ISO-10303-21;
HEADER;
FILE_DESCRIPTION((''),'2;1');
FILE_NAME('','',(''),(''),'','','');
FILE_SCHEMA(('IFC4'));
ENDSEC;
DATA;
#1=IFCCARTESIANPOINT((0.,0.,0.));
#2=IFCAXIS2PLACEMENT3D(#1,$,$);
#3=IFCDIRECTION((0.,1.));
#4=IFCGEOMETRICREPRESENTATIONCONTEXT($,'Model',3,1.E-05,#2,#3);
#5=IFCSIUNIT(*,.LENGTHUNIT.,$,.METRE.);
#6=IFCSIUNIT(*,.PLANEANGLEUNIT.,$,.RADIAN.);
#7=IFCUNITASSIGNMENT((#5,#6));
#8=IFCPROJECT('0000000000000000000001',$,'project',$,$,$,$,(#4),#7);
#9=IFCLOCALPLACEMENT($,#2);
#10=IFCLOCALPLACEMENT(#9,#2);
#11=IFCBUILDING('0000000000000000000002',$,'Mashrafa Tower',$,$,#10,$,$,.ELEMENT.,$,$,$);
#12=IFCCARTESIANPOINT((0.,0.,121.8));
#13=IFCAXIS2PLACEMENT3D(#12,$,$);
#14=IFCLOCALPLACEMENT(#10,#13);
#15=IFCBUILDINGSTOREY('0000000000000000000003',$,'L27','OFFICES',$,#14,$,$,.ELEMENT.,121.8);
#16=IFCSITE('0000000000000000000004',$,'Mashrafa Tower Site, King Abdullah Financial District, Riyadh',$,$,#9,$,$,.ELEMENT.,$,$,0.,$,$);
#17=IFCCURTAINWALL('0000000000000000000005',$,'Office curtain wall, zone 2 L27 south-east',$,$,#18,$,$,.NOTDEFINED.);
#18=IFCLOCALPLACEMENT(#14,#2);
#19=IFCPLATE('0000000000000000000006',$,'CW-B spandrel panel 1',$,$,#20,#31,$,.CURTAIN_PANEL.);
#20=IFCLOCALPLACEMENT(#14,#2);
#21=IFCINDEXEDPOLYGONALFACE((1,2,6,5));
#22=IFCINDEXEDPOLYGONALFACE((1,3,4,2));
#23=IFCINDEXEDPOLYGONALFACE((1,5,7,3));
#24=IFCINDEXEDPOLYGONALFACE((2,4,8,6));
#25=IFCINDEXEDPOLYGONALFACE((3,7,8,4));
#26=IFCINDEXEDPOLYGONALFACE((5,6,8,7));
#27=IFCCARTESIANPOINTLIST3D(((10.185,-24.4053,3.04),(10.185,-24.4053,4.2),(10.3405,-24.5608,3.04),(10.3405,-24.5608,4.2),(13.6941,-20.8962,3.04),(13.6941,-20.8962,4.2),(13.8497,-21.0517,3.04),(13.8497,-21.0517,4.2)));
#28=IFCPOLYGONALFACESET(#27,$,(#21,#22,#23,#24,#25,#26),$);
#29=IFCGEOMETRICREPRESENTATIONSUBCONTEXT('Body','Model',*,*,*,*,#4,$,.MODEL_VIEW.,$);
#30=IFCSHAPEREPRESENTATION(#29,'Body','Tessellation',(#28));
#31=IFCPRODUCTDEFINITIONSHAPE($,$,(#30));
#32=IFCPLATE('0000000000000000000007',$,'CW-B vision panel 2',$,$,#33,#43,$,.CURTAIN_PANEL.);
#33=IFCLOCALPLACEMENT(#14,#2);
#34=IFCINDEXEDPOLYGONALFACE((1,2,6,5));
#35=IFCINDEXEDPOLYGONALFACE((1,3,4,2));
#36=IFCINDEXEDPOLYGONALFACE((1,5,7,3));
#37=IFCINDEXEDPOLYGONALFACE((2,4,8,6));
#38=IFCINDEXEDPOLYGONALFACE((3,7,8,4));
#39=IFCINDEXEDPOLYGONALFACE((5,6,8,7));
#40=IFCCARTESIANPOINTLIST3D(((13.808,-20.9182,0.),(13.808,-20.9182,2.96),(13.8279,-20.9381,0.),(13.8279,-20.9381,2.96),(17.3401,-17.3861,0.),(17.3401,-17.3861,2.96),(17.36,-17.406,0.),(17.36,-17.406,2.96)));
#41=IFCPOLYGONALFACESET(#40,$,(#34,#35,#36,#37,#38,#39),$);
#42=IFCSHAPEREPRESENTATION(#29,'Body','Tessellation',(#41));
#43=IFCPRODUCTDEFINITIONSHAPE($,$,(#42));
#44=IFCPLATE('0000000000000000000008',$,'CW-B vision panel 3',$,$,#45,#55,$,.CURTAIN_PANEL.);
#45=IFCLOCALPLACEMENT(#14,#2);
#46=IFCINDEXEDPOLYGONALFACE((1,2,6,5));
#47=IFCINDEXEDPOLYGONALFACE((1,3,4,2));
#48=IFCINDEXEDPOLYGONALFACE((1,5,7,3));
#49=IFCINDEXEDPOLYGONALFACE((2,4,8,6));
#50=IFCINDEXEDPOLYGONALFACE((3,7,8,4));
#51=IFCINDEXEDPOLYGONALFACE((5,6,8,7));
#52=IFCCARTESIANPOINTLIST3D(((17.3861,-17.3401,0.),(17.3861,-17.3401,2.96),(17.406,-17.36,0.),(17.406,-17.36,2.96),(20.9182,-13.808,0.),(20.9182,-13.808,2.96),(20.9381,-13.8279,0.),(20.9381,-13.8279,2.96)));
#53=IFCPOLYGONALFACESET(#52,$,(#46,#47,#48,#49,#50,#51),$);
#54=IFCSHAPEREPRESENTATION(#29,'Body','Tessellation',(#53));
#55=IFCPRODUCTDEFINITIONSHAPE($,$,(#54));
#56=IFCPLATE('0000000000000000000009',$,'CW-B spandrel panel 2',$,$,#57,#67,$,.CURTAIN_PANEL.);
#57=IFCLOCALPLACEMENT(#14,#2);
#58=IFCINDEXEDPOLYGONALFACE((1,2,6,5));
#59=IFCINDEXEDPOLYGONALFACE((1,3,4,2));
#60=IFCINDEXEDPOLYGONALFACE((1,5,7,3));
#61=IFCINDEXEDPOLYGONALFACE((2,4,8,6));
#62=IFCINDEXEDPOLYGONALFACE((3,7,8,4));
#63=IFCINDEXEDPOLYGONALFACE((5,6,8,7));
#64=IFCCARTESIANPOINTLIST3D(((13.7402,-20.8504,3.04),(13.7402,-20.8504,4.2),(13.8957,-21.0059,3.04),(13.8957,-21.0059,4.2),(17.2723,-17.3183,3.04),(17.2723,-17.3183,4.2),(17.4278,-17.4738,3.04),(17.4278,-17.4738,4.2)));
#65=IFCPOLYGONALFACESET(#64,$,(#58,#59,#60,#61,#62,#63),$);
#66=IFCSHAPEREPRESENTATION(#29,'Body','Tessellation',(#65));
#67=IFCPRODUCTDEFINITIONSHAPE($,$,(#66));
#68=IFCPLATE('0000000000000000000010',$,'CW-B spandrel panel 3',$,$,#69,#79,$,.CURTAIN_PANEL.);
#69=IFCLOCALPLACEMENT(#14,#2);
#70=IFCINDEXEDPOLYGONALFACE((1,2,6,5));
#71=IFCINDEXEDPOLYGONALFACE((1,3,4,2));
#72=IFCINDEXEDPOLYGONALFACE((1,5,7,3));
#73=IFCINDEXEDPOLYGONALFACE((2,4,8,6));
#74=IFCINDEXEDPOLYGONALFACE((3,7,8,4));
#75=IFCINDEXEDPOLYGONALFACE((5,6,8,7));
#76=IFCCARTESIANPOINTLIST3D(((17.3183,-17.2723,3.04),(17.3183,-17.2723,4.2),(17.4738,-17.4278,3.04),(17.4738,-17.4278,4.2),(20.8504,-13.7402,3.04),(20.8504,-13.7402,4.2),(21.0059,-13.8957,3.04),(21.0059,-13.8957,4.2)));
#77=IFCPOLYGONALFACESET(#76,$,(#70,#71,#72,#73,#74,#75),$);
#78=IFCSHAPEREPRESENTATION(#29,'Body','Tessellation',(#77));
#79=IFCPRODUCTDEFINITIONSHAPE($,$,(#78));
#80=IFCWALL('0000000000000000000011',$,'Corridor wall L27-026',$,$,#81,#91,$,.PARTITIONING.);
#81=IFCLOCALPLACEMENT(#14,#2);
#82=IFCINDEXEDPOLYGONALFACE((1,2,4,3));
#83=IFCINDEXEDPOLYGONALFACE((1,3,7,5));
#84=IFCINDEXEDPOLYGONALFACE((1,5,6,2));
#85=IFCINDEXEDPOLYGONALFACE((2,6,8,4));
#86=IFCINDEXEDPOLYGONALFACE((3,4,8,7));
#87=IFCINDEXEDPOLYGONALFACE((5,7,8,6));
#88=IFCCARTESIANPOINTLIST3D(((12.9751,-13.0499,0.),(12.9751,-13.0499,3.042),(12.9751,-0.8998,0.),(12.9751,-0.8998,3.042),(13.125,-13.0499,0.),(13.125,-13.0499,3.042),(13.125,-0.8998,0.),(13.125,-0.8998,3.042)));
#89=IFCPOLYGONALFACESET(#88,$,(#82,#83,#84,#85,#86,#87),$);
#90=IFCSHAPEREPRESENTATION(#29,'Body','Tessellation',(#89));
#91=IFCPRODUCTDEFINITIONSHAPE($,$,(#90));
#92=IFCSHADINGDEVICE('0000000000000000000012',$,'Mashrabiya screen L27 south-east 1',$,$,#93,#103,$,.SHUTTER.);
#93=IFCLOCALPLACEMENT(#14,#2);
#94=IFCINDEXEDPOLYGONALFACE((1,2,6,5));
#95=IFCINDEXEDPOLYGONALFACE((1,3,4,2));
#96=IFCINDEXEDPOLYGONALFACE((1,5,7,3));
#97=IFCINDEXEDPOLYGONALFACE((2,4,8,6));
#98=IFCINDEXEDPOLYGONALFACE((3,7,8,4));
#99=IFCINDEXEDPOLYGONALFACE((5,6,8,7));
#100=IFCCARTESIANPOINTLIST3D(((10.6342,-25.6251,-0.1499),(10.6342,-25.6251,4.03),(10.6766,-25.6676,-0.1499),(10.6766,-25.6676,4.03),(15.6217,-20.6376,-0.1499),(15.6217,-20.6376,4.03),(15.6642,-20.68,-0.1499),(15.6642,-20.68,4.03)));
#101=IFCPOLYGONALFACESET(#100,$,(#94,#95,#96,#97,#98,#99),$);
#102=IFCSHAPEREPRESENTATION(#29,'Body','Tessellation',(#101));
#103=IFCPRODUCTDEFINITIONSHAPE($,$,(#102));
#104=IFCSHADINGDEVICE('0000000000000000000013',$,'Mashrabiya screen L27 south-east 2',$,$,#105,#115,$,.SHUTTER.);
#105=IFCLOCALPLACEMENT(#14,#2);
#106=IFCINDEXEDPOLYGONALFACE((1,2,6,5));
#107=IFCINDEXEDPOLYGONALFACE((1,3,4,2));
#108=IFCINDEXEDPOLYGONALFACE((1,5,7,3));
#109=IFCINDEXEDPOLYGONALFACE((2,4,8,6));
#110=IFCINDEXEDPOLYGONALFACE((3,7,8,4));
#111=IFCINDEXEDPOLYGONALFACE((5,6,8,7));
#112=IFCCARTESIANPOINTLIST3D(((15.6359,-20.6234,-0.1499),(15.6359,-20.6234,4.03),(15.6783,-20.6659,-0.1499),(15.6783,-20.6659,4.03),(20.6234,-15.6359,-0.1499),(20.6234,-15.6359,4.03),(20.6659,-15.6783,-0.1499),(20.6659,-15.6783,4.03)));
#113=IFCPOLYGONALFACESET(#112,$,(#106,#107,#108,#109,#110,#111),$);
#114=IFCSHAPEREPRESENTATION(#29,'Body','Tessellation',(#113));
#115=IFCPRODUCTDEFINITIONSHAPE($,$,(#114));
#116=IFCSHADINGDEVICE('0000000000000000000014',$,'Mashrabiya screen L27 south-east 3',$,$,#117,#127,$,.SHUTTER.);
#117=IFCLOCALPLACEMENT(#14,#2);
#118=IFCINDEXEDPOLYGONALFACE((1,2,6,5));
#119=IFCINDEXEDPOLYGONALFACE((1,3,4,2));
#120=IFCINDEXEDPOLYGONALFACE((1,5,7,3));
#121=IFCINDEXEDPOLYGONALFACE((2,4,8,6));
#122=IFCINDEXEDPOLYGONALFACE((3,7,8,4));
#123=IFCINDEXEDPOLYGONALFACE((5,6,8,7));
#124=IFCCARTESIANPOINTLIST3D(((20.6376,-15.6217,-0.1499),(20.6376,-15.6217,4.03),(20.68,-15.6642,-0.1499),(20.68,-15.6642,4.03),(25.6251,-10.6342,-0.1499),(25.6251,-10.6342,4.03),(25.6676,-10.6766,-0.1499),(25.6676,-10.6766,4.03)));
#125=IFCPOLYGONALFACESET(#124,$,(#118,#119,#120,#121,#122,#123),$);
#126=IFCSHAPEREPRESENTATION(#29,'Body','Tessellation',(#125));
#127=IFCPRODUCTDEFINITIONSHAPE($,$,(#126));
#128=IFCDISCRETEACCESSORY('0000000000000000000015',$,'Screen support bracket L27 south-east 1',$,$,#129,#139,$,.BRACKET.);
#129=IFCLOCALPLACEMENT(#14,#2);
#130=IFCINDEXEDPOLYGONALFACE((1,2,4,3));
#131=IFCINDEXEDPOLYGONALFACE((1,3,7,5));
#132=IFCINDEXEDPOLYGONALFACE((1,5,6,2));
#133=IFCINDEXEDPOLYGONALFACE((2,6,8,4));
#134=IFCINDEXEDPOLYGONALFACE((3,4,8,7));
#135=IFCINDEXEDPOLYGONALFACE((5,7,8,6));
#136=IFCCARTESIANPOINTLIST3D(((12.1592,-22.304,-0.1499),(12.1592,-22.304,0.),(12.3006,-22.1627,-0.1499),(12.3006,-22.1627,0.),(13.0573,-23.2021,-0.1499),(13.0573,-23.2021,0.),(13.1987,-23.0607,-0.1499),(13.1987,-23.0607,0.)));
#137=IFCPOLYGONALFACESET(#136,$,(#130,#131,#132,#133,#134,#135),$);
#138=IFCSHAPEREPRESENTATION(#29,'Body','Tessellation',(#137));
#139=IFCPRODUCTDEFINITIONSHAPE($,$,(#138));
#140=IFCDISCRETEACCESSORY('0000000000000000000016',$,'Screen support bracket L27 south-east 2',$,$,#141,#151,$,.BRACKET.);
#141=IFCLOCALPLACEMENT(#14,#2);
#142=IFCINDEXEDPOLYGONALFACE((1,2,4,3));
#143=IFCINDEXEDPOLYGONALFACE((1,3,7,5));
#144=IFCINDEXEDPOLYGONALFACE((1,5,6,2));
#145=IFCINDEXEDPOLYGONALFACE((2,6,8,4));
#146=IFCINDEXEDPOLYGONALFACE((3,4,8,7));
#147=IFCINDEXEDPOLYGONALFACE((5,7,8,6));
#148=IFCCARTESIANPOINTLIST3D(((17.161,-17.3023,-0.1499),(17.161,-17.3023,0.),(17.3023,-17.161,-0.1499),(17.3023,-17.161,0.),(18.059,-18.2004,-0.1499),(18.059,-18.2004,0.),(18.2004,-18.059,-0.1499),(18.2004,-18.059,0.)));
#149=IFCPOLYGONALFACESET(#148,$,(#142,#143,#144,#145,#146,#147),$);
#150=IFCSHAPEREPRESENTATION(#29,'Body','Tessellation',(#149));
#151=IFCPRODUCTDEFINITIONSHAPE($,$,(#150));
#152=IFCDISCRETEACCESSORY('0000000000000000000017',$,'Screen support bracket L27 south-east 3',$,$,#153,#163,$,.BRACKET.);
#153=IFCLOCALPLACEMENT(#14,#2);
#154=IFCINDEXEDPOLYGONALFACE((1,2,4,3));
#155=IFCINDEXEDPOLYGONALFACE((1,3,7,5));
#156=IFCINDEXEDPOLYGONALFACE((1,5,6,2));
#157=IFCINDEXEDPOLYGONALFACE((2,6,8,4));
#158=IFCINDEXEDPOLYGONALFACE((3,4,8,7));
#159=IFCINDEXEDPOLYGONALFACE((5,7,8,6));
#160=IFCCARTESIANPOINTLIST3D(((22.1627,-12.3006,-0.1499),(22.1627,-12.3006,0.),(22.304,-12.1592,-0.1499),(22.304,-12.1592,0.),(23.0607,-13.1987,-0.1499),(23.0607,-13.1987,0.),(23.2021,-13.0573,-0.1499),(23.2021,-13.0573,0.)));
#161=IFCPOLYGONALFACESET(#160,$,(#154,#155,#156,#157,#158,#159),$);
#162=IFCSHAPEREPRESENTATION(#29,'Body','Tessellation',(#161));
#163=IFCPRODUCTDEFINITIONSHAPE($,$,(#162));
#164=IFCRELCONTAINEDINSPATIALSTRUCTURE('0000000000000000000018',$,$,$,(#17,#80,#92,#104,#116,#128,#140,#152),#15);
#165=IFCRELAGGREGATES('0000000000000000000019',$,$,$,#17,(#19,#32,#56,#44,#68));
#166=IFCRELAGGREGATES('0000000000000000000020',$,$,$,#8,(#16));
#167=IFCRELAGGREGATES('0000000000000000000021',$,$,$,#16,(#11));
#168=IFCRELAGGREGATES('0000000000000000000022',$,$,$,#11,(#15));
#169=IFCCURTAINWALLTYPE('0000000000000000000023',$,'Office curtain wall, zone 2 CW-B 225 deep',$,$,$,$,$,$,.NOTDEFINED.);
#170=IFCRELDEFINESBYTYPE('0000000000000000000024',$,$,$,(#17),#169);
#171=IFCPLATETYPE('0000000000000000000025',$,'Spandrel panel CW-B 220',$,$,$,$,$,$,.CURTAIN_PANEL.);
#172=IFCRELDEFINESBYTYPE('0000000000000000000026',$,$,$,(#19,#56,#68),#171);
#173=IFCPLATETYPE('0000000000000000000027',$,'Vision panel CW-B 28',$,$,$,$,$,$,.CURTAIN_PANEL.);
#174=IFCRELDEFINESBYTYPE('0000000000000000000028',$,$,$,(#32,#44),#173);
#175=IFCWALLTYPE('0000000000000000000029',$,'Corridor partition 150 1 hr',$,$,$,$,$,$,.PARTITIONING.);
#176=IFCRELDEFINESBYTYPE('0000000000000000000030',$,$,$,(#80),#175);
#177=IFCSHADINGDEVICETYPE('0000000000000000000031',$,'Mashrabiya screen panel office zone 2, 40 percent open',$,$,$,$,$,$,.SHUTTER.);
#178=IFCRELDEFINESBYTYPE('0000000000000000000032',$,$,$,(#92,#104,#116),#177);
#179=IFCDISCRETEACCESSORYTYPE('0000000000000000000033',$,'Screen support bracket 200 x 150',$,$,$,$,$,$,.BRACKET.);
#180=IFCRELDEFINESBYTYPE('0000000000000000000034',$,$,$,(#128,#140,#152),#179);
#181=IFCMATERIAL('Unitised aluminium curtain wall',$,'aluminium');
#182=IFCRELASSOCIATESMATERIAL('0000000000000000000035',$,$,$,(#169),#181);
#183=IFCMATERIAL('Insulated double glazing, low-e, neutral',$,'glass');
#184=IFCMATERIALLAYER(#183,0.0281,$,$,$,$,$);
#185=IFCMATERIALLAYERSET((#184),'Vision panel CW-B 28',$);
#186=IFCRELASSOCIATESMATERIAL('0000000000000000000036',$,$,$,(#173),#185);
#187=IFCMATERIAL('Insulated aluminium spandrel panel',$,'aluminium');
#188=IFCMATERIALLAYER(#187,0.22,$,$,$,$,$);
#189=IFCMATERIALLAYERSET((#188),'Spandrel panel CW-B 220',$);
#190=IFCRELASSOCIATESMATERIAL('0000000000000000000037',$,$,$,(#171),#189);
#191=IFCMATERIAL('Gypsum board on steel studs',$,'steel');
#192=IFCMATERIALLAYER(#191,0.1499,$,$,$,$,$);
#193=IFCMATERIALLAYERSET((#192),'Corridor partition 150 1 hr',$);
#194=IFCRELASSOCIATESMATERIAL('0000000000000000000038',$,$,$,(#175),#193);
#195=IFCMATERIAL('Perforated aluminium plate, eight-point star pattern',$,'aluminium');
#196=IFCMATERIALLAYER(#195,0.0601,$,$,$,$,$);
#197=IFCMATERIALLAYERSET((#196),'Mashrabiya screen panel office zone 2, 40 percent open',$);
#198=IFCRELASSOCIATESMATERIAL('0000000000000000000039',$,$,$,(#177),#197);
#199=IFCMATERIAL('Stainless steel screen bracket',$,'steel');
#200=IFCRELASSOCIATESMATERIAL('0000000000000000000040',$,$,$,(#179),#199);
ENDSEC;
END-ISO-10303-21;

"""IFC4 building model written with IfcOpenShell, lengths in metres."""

from ifc_helpers import new_model, si_unit, direction, frame, frame_2d, origin, origin_2d, place, context, subcontext, project, spatial, rectangle, extrude, source, transform, mapped, material, layer, layer_set, type_object, type_shapes, element, aggregate, save


model = new_model("IFC4")

# Units and contexts
model_context = context("Model", 3, precision=1e-05, world=origin(), true_north=direction((0.0, 1.0)))
body_context = subcontext(model_context, "Body", "Model", "MODEL_VIEW")
ifc_project = project(units=[si_unit("LENGTHUNIT", "METRE"), si_unit("PLANEANGLEUNIT", "RADIAN")], contexts=[model_context])

# Site, building, storey
site_placement = place(None, origin())
site = spatial("IfcSite", under=ifc_project, at=site_placement, Name="Mashrafa Tower Site, King Abdullah Financial District, Riyadh", CompositionType="ELEMENT", RefElevation=0.0)
building_placement = place(site_placement, origin())
building = spatial("IfcBuilding", under=site, at=building_placement, Name="Mashrafa Tower", CompositionType="ELEMENT")
storey_placement = place(building_placement, frame((0.0, 0.0, 121.8)))
storey = spatial("IfcBuildingStorey", under=building, at=storey_placement, Name="L27", Description="OFFICES", CompositionType="ELEMENT", Elevation=121.8)

# Shared definitions
ifc_material_1 = material(Name="Unitised aluminium curtain wall", Category="aluminium")
curtain_wall_type = type_object("IfcCurtainWallType", Name="Office curtain wall, zone 2 CW-B 225 deep", PredefinedType="NOTDEFINED", material=ifc_material_1)

# Curtain wall, plates
curtain_wall_1_placement = place(storey_placement, origin())
curtain_wall_1 = element("IfcCurtainWall", 1, at=curtain_wall_1_placement, inside=storey, type_object=curtain_wall_type, Name="Office curtain wall, zone 2 L27 south-east", PredefinedType="NOTDEFINED")
ifc_material_2 = material(Name="Insulated double glazing, low-e, neutral", Category="glass")
ifc_layer_1 = layer(ifc_material_2, 0.0281)
ifc_layer_set_1 = layer_set([ifc_layer_1], Name="Vision panel CW-B 28")
plate_type_1 = type_object("IfcPlateType", Name="Vision panel CW-B 28", PredefinedType="CURTAIN_PANEL", material=ifc_layer_set_1)
ifc_material_3 = material(Name="Insulated aluminium spandrel panel", Category="aluminium")
ifc_layer_2 = layer(ifc_material_3, 0.22)
ifc_layer_set_2 = layer_set([ifc_layer_2], Name="Spandrel panel CW-B 220")
plate_type_2 = type_object("IfcPlateType", Name="Spandrel panel CW-B 220", PredefinedType="CURTAIN_PANEL", material=ifc_layer_set_2)
shared_shape_1 = source(origin(), body_context, "Body", "SweptSolid", [
    extrude(rectangle(XDim=4.9626, YDim=0.22, at=origin_2d()), origin(), (0.0, 0.0, 1.0), 1.1599),
])
plate_1_placement = place(storey_placement, frame((12.0173, -22.7285, 3.04), z_axis=(0.0, 0.0, 1.0), x_axis=(0.707107, 0.707107, 0.0)))
plate_1 = element("IfcPlate", 2, at=plate_1_placement, type_object=plate_type_2, Name="CW-B spandrel panel 1", PredefinedType="CURTAIN_PANEL", context=body_context, shape_type="MappedRepresentation", body=[
    mapped(shared_shape_1, transform((0.0, 0.0, 0.0))),
])
shared_shape_2 = source(origin(), body_context, "Body", "SweptSolid", [
    extrude(rectangle(XDim=4.9951, YDim=0.0281, at=origin_2d()), origin(), (0.0, 0.0, 1.0), 2.96),
])
plate_2_placement = place(storey_placement, frame((15.584, -19.1621, 0.0), z_axis=(0.0, 0.0, 1.0), x_axis=(0.707107, 0.707107, 0.0)))
plate_2 = element("IfcPlate", 3, at=plate_2_placement, type_object=plate_type_1, Name="CW-B vision panel 2", PredefinedType="CURTAIN_PANEL", context=body_context, shape_type="MappedRepresentation", body=[
    mapped(shared_shape_2, transform((0.0, 0.0, 0.0))),
])
plate_3_placement = place(storey_placement, frame((19.1621, -15.584, 0.0), z_axis=(0.0, 0.0, 1.0), x_axis=(0.707107, 0.707107, 0.0)))
plate_3 = element("IfcPlate", 4, at=plate_3_placement, type_object=plate_type_1, Name="CW-B vision panel 3", PredefinedType="CURTAIN_PANEL", context=body_context, shape_type="MappedRepresentation", body=[
    mapped(shared_shape_2, transform((0.0, 0.0, 0.0))),
])
shared_shape_3 = source(origin(), body_context, "Body", "SweptSolid", [
    extrude(rectangle(XDim=4.9951, YDim=0.22, at=origin_2d()), origin(), (0.0, 0.0, 1.0), 1.1599),
])
type_shapes(plate_type_2, [shared_shape_1, shared_shape_3])
plate_4_placement = place(storey_placement, frame((15.584, -19.1621, 3.04), z_axis=(0.0, 0.0, 1.0), x_axis=(0.707107, 0.707107, 0.0)))
plate_4 = element("IfcPlate", 5, at=plate_4_placement, type_object=plate_type_2, Name="CW-B spandrel panel 2", PredefinedType="CURTAIN_PANEL", context=body_context, shape_type="MappedRepresentation", body=[
    mapped(shared_shape_3, transform((0.0, 0.0, 0.0))),
])
plate_5_placement = place(storey_placement, frame((19.1621, -15.584, 3.04), z_axis=(0.0, 0.0, 1.0), x_axis=(0.707107, 0.707107, 0.0)))
plate_5 = element("IfcPlate", 6, at=plate_5_placement, type_object=plate_type_2, Name="CW-B spandrel panel 3", PredefinedType="CURTAIN_PANEL", context=body_context, shape_type="MappedRepresentation", body=[
    mapped(shared_shape_3, transform((0.0, 0.0, 0.0))),
])
aggregate(curtain_wall_1, [plate_1, plate_2, plate_4, plate_3, plate_5])

# Wall
ifc_material_4 = material(Name="Gypsum board on steel studs", Category="steel")
ifc_layer_3 = layer(ifc_material_4, 0.1499)
ifc_layer_set_3 = layer_set([ifc_layer_3], Name="Corridor partition 150 1 hr")
wall_type = type_object("IfcWallType", Name="Corridor partition 150 1 hr", PredefinedType="PARTITIONING", material=ifc_layer_set_3)
wall_placement = place(storey_placement, frame((13.05, -13.05, 0.0), z_axis=(0.0, 0.0, 1.0), x_axis=(0.0, 1.0, 0.0)))
element("IfcWall", 7, at=wall_placement, inside=storey, type_object=wall_type, Name="Corridor wall L27-026", PredefinedType="PARTITIONING", context=body_context, shape_type="SweptSolid", body=[
    extrude(rectangle(XDim=12.1501, YDim=0.1499, at=frame_2d((6.0752, 0.0))), origin(), (0.0, 0.0, 1.0), 3.042),
])

# Shading devices
ifc_material_5 = material(Name="Perforated aluminium plate, eight-point star pattern", Category="aluminium")
ifc_layer_4 = layer(ifc_material_5, 0.0601)
ifc_layer_set_4 = layer_set([ifc_layer_4], Name="Mashrabiya screen panel office zone 2, 40 percent open")
shading_device_type = type_object("IfcShadingDeviceType", Name="Mashrabiya screen panel office zone 2, 40 percent open", PredefinedType="SHUTTER", material=ifc_layer_set_4)
shared_shape_4 = source(origin(), body_context, "Body", "SweptSolid", [
    extrude(rectangle(XDim=7.0535, YDim=0.0601, at=origin_2d()), origin(), (0.0, 0.0, 1.0), 4.1799),
])
type_shapes(shading_device_type, [shared_shape_4])
for number, where, z_axis, x_axis, name in (
    (8, (13.1492, -23.1526, -0.1499), (0.0, 0.0, 1.0), (0.707107, 0.707107, 0.0), "Mashrabiya screen L27 south-east 1"),
    (9, (18.1509, -18.1509, -0.1499), (0.0, 0.0, 1.0), (0.707107, 0.707107, 0.0), "Mashrabiya screen L27 south-east 2"),
    (10, (23.1526, -13.1492, -0.1499), (0.0, 0.0, 1.0), (0.707107, 0.707107, 0.0), "Mashrabiya screen L27 south-east 3"),
):
    element("IfcShadingDevice", number, at=place(storey_placement, frame(where, z_axis=z_axis, x_axis=x_axis)), inside=storey, type_object=shading_device_type, Name=name, PredefinedType="SHUTTER", context=body_context, shape_type="MappedRepresentation", body=[
        mapped(shared_shape_4, transform((0.0, 0.0, 0.0))),
    ])

# Discrete accessories
ifc_material_6 = material(Name="Stainless steel screen bracket", Category="steel")
discrete_accessory_type = type_object("IfcDiscreteAccessoryType", Name="Screen support bracket 200 x 150", PredefinedType="BRACKET", material=ifc_material_6)
shared_shape_5 = source(origin(), body_context, "Body", "SweptSolid", [
    extrude(rectangle(XDim=0.2, YDim=1.27, at=origin_2d()), origin(), (0.0, 0.0, 1.0), 0.1499),
])
type_shapes(discrete_accessory_type, [shared_shape_5])
for number, where, z_axis, x_axis, name in (
    (11, (12.679, -22.6824, -0.1499), (0.0, 0.0, 1.0), (0.707107, 0.707107, 0.0), "Screen support bracket L27 south-east 1"),
    (12, (17.6807, -17.6807, -0.1499), (0.0, 0.0, 1.0), (0.707107, 0.707107, 0.0), "Screen support bracket L27 south-east 2"),
    (13, (22.6824, -12.679, -0.1499), (0.0, 0.0, 1.0), (0.707107, 0.707107, 0.0), "Screen support bracket L27 south-east 3"),
):
    element("IfcDiscreteAccessory", number, at=place(storey_placement, frame(where, z_axis=z_axis, x_axis=x_axis)), inside=storey, type_object=discrete_accessory_type, Name=name, PredefinedType="BRACKET", context=body_context, shape_type="MappedRepresentation", body=[
        mapped(shared_shape_5, transform((0.0, 0.0, 0.0))),
    ])

save(model, "model.ifc")
